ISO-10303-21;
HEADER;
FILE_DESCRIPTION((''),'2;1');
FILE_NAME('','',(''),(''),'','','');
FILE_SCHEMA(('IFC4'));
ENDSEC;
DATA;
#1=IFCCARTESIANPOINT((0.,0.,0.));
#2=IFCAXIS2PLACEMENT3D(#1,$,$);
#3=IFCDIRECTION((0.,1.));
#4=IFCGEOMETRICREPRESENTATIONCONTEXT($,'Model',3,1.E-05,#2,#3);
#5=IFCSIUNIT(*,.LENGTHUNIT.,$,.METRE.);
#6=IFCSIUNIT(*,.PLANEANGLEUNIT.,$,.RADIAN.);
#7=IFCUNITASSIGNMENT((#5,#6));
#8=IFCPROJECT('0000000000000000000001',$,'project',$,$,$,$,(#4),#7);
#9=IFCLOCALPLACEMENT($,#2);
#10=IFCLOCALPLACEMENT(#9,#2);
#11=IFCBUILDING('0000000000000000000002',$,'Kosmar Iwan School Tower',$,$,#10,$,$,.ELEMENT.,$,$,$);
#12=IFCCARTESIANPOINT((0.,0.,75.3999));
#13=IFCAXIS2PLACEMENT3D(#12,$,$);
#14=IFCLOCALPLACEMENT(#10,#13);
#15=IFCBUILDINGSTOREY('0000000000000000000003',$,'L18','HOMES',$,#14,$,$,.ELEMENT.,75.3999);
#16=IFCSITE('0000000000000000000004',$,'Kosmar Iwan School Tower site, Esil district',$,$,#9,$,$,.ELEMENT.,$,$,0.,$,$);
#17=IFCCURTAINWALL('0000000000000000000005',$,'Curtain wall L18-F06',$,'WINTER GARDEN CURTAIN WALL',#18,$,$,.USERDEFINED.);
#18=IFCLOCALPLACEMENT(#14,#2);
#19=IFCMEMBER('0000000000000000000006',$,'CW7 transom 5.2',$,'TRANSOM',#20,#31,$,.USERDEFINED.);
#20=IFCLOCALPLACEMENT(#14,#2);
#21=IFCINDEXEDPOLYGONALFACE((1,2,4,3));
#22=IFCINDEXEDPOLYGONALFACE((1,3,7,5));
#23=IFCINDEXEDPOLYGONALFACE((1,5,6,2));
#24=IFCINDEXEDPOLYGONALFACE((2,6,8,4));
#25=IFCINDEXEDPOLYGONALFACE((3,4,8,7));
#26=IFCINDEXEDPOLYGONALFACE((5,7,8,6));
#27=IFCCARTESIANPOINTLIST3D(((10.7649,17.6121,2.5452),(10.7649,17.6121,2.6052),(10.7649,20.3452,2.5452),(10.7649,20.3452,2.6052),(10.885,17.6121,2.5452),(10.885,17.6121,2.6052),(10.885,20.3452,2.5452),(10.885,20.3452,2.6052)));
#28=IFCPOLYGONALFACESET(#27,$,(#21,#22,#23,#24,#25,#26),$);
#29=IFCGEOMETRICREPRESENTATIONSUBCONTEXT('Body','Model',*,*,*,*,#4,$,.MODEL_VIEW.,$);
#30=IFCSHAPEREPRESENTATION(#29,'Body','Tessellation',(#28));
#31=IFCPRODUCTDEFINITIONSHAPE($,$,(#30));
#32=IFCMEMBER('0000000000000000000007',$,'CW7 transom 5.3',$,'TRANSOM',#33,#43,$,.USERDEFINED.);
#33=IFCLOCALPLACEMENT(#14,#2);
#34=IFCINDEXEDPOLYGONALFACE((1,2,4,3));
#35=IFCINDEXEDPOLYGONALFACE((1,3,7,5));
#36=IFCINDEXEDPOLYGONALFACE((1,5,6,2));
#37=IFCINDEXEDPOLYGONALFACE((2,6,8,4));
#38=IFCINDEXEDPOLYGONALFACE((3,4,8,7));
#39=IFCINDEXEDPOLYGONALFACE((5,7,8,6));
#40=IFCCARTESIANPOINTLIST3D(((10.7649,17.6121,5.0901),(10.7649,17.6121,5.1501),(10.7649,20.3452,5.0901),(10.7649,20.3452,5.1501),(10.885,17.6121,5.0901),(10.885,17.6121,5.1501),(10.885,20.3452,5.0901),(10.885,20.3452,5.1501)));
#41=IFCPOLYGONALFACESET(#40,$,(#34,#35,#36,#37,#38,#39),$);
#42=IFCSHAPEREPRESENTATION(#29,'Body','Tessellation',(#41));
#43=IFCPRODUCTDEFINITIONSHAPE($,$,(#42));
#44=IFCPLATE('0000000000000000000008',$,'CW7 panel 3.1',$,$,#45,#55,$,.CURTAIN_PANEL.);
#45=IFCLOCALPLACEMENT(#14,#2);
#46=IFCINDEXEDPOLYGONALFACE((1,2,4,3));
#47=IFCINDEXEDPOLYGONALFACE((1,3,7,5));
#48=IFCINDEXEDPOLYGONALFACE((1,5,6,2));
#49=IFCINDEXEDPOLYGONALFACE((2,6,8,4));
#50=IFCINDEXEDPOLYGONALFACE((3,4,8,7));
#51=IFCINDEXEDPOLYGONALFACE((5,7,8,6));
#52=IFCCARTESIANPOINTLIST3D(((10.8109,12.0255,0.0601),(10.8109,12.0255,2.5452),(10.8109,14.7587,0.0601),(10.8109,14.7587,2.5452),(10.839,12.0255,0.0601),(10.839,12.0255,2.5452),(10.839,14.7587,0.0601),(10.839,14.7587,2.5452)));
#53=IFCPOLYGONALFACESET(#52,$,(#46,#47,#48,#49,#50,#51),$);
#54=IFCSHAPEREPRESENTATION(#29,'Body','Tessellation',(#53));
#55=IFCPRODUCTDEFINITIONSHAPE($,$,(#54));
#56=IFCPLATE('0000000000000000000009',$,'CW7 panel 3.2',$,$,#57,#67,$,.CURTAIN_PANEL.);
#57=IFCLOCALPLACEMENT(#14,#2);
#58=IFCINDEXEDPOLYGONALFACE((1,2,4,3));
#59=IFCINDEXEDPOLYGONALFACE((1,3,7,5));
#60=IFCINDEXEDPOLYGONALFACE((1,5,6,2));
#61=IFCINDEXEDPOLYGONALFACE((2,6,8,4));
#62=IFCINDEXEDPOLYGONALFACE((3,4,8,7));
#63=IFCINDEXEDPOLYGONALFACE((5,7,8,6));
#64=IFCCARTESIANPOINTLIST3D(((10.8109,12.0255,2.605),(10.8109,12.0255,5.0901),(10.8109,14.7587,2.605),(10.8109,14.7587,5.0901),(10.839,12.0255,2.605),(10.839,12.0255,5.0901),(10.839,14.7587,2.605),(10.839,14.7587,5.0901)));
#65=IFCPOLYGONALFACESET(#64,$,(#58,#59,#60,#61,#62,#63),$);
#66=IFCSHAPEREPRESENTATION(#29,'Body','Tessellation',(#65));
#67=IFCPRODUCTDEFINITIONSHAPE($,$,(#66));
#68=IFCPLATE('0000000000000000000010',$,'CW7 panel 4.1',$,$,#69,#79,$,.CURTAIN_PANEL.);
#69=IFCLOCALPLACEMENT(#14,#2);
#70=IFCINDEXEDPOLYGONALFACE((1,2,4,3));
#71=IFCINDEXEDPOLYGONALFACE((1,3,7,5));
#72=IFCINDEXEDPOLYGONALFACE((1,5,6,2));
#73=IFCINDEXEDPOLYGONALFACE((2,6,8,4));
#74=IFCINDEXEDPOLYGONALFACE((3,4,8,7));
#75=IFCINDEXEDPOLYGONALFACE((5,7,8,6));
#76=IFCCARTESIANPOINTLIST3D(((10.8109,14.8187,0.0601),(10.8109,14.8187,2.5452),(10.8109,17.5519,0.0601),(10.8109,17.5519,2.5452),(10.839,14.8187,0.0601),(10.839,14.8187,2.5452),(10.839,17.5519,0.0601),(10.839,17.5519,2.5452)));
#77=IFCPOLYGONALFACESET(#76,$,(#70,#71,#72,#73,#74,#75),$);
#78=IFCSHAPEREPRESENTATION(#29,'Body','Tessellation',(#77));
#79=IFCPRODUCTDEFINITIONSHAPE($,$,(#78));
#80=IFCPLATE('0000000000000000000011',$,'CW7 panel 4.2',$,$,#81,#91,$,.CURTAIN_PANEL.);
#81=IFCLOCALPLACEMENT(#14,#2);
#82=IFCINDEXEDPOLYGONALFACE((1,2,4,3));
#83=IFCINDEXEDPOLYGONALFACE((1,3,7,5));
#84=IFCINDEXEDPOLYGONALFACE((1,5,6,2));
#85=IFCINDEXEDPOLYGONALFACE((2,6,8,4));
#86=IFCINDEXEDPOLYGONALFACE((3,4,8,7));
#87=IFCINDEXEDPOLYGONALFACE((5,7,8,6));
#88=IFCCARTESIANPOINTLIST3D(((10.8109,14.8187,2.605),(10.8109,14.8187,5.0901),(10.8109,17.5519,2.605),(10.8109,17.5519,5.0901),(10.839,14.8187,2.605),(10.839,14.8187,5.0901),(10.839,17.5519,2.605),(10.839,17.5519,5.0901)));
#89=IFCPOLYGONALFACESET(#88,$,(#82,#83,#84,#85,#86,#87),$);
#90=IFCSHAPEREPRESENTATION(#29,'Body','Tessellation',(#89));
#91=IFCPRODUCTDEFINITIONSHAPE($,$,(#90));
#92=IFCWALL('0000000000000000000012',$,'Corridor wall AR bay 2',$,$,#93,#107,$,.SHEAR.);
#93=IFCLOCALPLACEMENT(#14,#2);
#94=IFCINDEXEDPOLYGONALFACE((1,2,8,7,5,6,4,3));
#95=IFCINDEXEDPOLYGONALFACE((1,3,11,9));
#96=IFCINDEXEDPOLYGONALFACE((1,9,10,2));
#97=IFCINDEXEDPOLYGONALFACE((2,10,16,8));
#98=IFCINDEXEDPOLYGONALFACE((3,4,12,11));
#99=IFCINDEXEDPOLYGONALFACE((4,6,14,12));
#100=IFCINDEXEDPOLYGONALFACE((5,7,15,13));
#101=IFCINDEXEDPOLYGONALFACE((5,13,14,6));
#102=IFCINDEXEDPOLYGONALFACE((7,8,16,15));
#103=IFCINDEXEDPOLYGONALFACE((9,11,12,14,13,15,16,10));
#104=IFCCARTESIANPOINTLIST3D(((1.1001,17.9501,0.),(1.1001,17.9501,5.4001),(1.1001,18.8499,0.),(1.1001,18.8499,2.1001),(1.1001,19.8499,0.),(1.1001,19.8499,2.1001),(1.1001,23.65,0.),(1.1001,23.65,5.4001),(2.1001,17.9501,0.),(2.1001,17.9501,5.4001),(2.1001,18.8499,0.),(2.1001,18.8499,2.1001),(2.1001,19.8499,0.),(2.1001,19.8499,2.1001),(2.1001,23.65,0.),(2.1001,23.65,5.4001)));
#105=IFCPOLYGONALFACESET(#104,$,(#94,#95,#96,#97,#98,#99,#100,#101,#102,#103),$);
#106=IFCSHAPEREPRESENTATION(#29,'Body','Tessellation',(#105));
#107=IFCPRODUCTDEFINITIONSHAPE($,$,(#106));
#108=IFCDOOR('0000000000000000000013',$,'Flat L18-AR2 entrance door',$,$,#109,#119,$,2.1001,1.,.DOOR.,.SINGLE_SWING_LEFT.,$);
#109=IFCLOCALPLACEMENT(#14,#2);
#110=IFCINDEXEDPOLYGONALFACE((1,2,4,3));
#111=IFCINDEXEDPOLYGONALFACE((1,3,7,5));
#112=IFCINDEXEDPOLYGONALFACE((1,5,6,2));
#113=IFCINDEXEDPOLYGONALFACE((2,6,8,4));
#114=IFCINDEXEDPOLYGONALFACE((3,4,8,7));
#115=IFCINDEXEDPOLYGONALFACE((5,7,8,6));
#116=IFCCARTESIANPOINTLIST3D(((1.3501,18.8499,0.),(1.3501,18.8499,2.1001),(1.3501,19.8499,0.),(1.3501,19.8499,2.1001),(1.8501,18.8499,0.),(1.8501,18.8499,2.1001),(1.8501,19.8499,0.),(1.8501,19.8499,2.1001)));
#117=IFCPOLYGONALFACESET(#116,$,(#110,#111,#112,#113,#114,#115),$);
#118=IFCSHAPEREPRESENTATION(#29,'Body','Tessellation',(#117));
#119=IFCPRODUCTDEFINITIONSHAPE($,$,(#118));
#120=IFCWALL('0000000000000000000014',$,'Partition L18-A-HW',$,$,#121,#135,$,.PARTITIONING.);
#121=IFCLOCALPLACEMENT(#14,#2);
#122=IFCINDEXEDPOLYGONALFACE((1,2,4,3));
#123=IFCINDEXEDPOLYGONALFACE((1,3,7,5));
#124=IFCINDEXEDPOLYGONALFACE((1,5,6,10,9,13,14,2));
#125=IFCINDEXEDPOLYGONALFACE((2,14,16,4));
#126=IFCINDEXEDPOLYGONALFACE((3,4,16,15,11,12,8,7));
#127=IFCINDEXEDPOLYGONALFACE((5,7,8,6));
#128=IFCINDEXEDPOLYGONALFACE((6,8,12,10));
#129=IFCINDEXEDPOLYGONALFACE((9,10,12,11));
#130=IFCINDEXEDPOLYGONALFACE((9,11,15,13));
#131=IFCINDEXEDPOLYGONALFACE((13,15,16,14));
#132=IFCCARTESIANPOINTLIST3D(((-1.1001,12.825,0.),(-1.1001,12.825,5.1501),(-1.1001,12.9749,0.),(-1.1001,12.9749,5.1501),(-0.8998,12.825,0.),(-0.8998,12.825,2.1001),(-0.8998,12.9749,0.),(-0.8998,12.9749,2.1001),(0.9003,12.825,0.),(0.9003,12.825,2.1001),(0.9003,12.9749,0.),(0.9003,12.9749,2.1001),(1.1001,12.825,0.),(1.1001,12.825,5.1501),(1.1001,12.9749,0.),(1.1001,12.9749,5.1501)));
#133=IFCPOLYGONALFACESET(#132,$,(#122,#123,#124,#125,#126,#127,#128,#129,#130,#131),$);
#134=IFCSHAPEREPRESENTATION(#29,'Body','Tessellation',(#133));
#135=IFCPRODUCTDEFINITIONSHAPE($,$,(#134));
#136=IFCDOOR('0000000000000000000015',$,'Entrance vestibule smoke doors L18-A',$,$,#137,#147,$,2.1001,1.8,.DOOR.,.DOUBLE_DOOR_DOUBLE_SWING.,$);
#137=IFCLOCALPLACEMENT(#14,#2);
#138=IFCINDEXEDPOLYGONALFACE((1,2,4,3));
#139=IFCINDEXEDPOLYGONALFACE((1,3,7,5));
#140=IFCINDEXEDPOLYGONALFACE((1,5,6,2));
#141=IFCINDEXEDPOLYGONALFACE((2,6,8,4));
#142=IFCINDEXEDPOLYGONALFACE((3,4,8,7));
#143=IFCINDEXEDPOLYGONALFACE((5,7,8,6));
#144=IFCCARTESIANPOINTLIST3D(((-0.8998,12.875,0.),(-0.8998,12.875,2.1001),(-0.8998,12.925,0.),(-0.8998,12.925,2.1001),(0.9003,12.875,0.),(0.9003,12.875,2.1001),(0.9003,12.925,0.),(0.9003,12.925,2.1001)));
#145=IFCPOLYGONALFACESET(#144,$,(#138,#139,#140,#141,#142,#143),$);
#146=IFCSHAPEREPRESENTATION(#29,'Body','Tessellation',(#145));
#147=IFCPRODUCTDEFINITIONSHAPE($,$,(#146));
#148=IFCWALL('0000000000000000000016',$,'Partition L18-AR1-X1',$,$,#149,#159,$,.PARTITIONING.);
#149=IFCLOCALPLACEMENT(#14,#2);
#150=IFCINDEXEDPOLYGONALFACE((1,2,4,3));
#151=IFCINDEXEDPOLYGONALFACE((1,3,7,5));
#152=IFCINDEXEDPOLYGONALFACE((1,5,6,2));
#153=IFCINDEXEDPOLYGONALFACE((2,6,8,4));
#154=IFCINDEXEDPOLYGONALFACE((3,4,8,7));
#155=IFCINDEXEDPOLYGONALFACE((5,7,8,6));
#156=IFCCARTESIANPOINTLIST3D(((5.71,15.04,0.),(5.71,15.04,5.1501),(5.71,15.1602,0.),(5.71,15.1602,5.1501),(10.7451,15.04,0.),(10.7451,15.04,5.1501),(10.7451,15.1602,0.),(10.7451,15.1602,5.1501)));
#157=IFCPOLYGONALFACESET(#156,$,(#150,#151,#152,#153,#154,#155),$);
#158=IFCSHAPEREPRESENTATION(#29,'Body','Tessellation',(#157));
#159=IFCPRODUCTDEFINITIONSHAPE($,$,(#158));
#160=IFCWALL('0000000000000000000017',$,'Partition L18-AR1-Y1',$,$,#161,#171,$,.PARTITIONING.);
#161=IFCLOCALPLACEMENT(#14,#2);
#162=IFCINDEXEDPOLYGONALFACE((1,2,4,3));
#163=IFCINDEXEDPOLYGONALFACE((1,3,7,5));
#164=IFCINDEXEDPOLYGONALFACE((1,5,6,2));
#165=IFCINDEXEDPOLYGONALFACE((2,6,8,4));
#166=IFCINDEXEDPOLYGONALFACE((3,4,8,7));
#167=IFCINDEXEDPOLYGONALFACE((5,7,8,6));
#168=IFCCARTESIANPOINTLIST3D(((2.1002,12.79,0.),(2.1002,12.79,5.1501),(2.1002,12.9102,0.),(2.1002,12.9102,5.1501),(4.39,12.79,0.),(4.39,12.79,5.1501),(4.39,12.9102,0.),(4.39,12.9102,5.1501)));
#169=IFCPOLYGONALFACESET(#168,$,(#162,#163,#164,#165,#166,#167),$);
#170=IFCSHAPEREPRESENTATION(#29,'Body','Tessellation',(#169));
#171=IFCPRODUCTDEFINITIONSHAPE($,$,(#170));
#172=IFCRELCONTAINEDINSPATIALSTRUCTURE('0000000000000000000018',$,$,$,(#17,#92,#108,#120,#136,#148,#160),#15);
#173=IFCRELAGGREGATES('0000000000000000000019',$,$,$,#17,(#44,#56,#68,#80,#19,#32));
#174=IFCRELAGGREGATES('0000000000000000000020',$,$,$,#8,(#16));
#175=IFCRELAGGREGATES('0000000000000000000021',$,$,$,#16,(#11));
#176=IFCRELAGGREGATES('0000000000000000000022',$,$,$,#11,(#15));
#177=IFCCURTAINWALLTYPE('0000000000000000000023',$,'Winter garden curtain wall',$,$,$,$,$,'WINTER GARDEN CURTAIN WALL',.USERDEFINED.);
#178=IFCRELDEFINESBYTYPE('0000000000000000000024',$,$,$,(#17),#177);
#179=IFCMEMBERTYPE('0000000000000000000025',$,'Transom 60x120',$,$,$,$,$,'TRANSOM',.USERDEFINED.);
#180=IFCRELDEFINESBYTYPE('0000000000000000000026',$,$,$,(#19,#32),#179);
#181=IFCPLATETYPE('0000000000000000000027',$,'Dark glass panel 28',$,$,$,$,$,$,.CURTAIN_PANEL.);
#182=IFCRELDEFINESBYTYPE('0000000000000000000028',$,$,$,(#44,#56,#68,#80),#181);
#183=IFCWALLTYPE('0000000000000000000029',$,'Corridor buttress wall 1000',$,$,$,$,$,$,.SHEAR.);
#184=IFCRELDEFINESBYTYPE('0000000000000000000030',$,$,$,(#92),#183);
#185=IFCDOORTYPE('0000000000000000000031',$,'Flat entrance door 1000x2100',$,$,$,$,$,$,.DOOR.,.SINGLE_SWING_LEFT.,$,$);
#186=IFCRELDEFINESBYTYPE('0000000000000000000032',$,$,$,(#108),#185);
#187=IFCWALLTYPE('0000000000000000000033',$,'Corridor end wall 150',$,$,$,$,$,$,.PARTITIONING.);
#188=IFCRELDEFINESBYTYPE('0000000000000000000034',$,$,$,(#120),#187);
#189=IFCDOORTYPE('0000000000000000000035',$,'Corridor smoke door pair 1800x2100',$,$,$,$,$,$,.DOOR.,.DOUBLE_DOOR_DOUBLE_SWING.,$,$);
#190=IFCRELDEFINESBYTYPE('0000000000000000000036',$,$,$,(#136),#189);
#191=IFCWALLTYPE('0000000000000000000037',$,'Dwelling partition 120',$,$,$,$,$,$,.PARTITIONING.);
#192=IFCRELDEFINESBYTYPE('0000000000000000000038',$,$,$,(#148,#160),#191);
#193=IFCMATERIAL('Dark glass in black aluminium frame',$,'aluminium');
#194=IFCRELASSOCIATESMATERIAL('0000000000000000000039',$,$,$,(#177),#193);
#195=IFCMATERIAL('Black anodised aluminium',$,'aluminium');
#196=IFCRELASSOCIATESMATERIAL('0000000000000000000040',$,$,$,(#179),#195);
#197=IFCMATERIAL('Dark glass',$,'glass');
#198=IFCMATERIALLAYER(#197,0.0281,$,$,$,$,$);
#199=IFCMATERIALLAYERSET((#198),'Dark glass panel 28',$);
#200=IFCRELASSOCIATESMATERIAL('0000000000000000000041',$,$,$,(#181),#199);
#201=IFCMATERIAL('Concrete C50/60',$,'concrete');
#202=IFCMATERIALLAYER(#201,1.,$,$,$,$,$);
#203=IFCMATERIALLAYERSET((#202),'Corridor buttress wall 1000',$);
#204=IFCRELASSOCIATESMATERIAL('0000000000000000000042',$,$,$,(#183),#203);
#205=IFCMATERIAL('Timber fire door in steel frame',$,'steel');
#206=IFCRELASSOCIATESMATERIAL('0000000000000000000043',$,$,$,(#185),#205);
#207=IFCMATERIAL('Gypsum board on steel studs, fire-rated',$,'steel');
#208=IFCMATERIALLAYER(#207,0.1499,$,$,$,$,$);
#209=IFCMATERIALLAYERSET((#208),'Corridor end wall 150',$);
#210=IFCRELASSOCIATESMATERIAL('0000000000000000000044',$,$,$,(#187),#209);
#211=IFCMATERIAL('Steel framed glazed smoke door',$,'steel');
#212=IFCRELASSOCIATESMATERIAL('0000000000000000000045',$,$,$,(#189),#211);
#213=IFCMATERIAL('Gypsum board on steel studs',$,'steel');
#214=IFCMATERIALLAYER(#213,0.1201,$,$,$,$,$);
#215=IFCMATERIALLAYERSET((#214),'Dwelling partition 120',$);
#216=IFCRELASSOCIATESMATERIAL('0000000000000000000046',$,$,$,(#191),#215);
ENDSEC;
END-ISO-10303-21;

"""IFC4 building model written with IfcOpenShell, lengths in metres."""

from ifc_helpers import new_model, si_unit, direction, frame, frame_2d, origin, origin_2d, place, context, subcontext, project, spatial, rectangle, extrude, material, layer, layer_set, material_profile, profile_set, type_object, element, fill, aggregate, save


model = new_model("IFC4")

# Units and contexts
model_context = context("Model", 3, precision=1e-05, world=origin(), true_north=direction((0.0, 1.0)))
body_context = subcontext(model_context, "Body", "Model", "MODEL_VIEW")
ifc_project = project(units=[si_unit("LENGTHUNIT", "METRE"), si_unit("PLANEANGLEUNIT", "RADIAN")], contexts=[model_context])

# Site, building, storey
site_placement = place(None, origin())
site = spatial("IfcSite", under=ifc_project, at=site_placement, Name="Kosmar Iwan School Tower site, Esil district", CompositionType="ELEMENT", RefElevation=0.0)
building_placement = place(site_placement, origin())
building = spatial("IfcBuilding", under=site, at=building_placement, Name="Kosmar Iwan School Tower", CompositionType="ELEMENT")
storey_placement = place(building_placement, frame((0.0, 0.0, 75.3999)))
storey = spatial("IfcBuildingStorey", under=building, at=storey_placement, Name="L18", Description="HOMES", CompositionType="ELEMENT", Elevation=75.3999)

# Curtain wall
ifc_material_1 = material(Name="Dark glass in black aluminium frame", Category="aluminium")
curtain_wall_type = type_object("IfcCurtainWallType", Name="Winter garden curtain wall", ElementType="WINTER GARDEN CURTAIN WALL", PredefinedType="USERDEFINED", material=ifc_material_1)
curtain_wall_placement = place(storey_placement, origin())
curtain_wall = element("IfcCurtainWall", 1, at=curtain_wall_placement, inside=storey, type_object=curtain_wall_type, Name="Curtain wall L18-F06", ObjectType="WINTER GARDEN CURTAIN WALL", PredefinedType="USERDEFINED")

# Members
ifc_material_2 = material(Name="Black anodised aluminium", Category="aluminium")
ifc_material_profile_1 = material_profile(ifc_material_2, rectangle(XDim=0.1201, YDim=0.0601, at=origin_2d()), Name="TRANSOM 60x120")
ifc_profile_set_1 = profile_set([ifc_material_profile_1], Name="Black anodised aluminium")
member_type_1 = type_object("IfcMemberType", Name="Transom 60x120", ElementType="TRANSOM", PredefinedType="USERDEFINED", material=ifc_profile_set_1)
member_1_placement = place(storey_placement, frame((10.825, 17.6121, 2.5752), z_axis=(0.0, 1.0, 0.0), x_axis=(-1.0, 0.0, 0.0)))
member_1 = element("IfcMember", 2, at=member_1_placement, type_object=member_type_1, Name="CW7 transom 5.2", ObjectType="TRANSOM", PredefinedType="USERDEFINED", context=body_context, shape_type="SweptSolid", body=[
    extrude(rectangle(XDim=0.1201, YDim=0.0601, at=origin_2d()), origin(), (0.0, 0.0, 1.0), 2.7332),
])
member_2_placement = place(storey_placement, frame((10.825, 17.6121, 5.1201), z_axis=(0.0, 1.0, 0.0), x_axis=(-1.0, 0.0, 0.0)))
member_2 = element("IfcMember", 3, at=member_2_placement, type_object=member_type_1, Name="CW7 transom 5.3", ObjectType="TRANSOM", PredefinedType="USERDEFINED", context=body_context, shape_type="SweptSolid", body=[
    extrude(rectangle(XDim=0.1201, YDim=0.0601, at=origin_2d()), origin(), (0.0, 0.0, 1.0), 2.7332),
])

# Plates
ifc_material_3 = material(Name="Dark glass", Category="glass")
ifc_layer_1 = layer(ifc_material_3, 0.0281)
ifc_layer_set_1 = layer_set([ifc_layer_1], Name="Dark glass panel 28")
plate_type = type_object("IfcPlateType", Name="Dark glass panel 28", PredefinedType="CURTAIN_PANEL", material=ifc_layer_set_1)
plate_1_placement = place(storey_placement, frame((10.825, 13.3921, 0.0601), z_axis=(0.0, 0.0, 1.0), x_axis=(0.0, 1.0, 0.0)))
plate_1 = element("IfcPlate", 4, at=plate_1_placement, type_object=plate_type, Name="CW7 panel 3.1", PredefinedType="CURTAIN_PANEL", context=body_context, shape_type="SweptSolid", body=[
    extrude(rectangle(XDim=2.7332, YDim=0.0281, at=origin_2d()), origin(), (0.0, 0.0, 1.0), 2.4851),
])
plate_2_placement = place(storey_placement, frame((10.825, 13.3921, 2.605), z_axis=(0.0, 0.0, 1.0), x_axis=(0.0, 1.0, 0.0)))
plate_2 = element("IfcPlate", 5, at=plate_2_placement, type_object=plate_type, Name="CW7 panel 3.2", PredefinedType="CURTAIN_PANEL", context=body_context, shape_type="SweptSolid", body=[
    extrude(rectangle(XDim=2.7332, YDim=0.0281, at=origin_2d()), origin(), (0.0, 0.0, 1.0), 2.4851),
])
plate_3_placement = place(storey_placement, frame((10.825, 16.1853, 0.0601), z_axis=(0.0, 0.0, 1.0), x_axis=(0.0, 1.0, 0.0)))
plate_3 = element("IfcPlate", 6, at=plate_3_placement, type_object=plate_type, Name="CW7 panel 4.1", PredefinedType="CURTAIN_PANEL", context=body_context, shape_type="SweptSolid", body=[
    extrude(rectangle(XDim=2.7332, YDim=0.0281, at=origin_2d()), origin(), (0.0, 0.0, 1.0), 2.4851),
])
plate_4_placement = place(storey_placement, frame((10.825, 16.1853, 2.605), z_axis=(0.0, 0.0, 1.0), x_axis=(0.0, 1.0, 0.0)))
plate_4 = element("IfcPlate", 7, at=plate_4_placement, type_object=plate_type, Name="CW7 panel 4.2", PredefinedType="CURTAIN_PANEL", context=body_context, shape_type="SweptSolid", body=[
    extrude(rectangle(XDim=2.7332, YDim=0.0281, at=origin_2d()), origin(), (0.0, 0.0, 1.0), 2.4851),
])
aggregate(curtain_wall, [plate_1, plate_2, plate_3, plate_4, member_1, member_2])

# Walls, openings, doors
ifc_material_4 = material(Name="Concrete C50/60", Category="concrete")
ifc_layer_2 = layer(ifc_material_4, 1.0)
ifc_layer_set_2 = layer_set([ifc_layer_2], Name="Corridor buttress wall 1000")
wall_type_1 = type_object("IfcWallType", Name="Corridor buttress wall 1000", PredefinedType="SHEAR", material=ifc_layer_set_2)
wall_1_placement = place(storey_placement, frame((1.6001, 17.95, 0.0), z_axis=(0.0, 0.0, 1.0), x_axis=(0.0, 1.0, 0.0)))
wall_1 = element("IfcWall", 8, at=wall_1_placement, inside=storey, type_object=wall_type_1, Name="Corridor wall AR bay 2", PredefinedType="SHEAR", context=body_context, shape_type="SweptSolid", body=[
    extrude(rectangle(XDim=5.7, YDim=1.0, at=frame_2d((2.8501, 0.0))), origin(), (0.0, 0.0, 1.0), 5.4001),
])
opening_1_placement = place(wall_1_placement, frame((0.8999, 0.0, 0.0)))
opening_1 = element("IfcOpeningElement", 9, at=opening_1_placement, cuts=wall_1, PredefinedType="OPENING", context=body_context, shape_type="SweptSolid", body=[
    extrude(rectangle(XDim=1.0, YDim=2.1001, at=frame_2d((0.5, 1.05))), frame((0.0, 0.512, 0.0), z_axis=(0.0, -1.0, 0.0), x_axis=(1.0, 0.0, 0.0)), (0.0, 0.0, 1.0), 1.0239),
])
ifc_material_5 = material(Name="Timber fire door in steel frame", Category="steel")
door_type_1 = type_object("IfcDoorType", Name="Flat entrance door 1000x2100", OperationType="SINGLE_SWING_LEFT", PredefinedType="DOOR", material=ifc_material_5)
door_1_placement = place(opening_1_placement, origin())
door_1 = element("IfcDoor", 10, at=door_1_placement, inside=storey, type_object=door_type_1, Name="Flat L18-AR2 entrance door", OperationType="SINGLE_SWING_LEFT", OverallHeight=2.1001, OverallWidth=1.0, PredefinedType="DOOR", context=body_context, shape_type="SweptSolid", body=[
    extrude(rectangle(XDim=1.0, YDim=2.1001, at=frame_2d((0.5, 1.05))), frame((0.0, 0.25, 0.0), z_axis=(0.0, -1.0, 0.0), x_axis=(1.0, 0.0, 0.0)), (0.0, 0.0, 1.0), 0.5),
])
fill(opening_1, door_1)
ifc_material_6 = material(Name="Gypsum board on steel studs, fire-rated", Category="steel")
ifc_layer_3 = layer(ifc_material_6, 0.1499)
ifc_layer_set_3 = layer_set([ifc_layer_3], Name="Corridor end wall 150")
wall_type_2 = type_object("IfcWallType", Name="Corridor end wall 150", PredefinedType="PARTITIONING", material=ifc_layer_set_3)
wall_2_placement = place(storey_placement, frame((1.1001, 12.8999, 0.0), z_axis=(0.0, 0.0, 1.0), x_axis=(-1.0, 0.0, 0.0)))
wall_2 = element("IfcWall", 11, at=wall_2_placement, inside=storey, type_object=wall_type_2, Name="Partition L18-A-HW", PredefinedType="PARTITIONING", context=body_context, shape_type="SweptSolid", body=[
    extrude(rectangle(XDim=2.2002, YDim=0.1499, at=frame_2d((1.1001, 0.0))), origin(), (0.0, 0.0, 1.0), 5.1501),
])
opening_2_placement = place(wall_2_placement, frame((0.2, 0.0, 0.0)))
opening_2 = element("IfcOpeningElement", 12, at=opening_2_placement, cuts=wall_2, PredefinedType="OPENING", context=body_context, shape_type="SweptSolid", body=[
    extrude(rectangle(XDim=1.8, YDim=2.1001, at=frame_2d((0.8999, 1.05))), frame((0.0, 0.0869, 0.0), z_axis=(0.0, -1.0, 0.0), x_axis=(1.0, 0.0, 0.0)), (0.0, 0.0, 1.0), 0.1738),
])
ifc_material_7 = material(Name="Steel framed glazed smoke door", Category="steel")
door_type_2 = type_object("IfcDoorType", Name="Corridor smoke door pair 1800x2100", OperationType="DOUBLE_DOOR_DOUBLE_SWING", PredefinedType="DOOR", material=ifc_material_7)
door_2_placement = place(opening_2_placement, origin())
door_2 = element("IfcDoor", 13, at=door_2_placement, inside=storey, type_object=door_type_2, Name="Entrance vestibule smoke doors L18-A", OperationType="DOUBLE_DOOR_DOUBLE_SWING", OverallHeight=2.1001, OverallWidth=1.8, PredefinedType="DOOR", context=body_context, shape_type="SweptSolid", body=[
    extrude(rectangle(XDim=1.8, YDim=2.1001, at=frame_2d((0.8999, 1.05))), frame((0.0, 0.0249, 0.0), z_axis=(0.0, -1.0, 0.0), x_axis=(1.0, 0.0, 0.0)), (0.0, 0.0, 1.0), 0.05),
])
fill(opening_2, door_2)

# Walls
ifc_material_8 = material(Name="Gypsum board on steel studs", Category="steel")
ifc_layer_4 = layer(ifc_material_8, 0.1201)
ifc_layer_set_4 = layer_set([ifc_layer_4], Name="Dwelling partition 120")
wall_type_3 = type_object("IfcWallType", Name="Dwelling partition 120", PredefinedType="PARTITIONING", material=ifc_layer_set_4)
wall_3_placement = place(storey_placement, frame((5.71, 15.1001, 0.0), z_axis=(0.0, 0.0, 1.0), x_axis=(1.0, 0.0, 0.0)))
element("IfcWall", 14, at=wall_3_placement, inside=storey, type_object=wall_type_3, Name="Partition L18-AR1-X1", PredefinedType="PARTITIONING", context=body_context, shape_type="SweptSolid", body=[
    extrude(rectangle(XDim=5.0352, YDim=0.1201, at=frame_2d((2.5176, 0.0))), origin(), (0.0, 0.0, 1.0), 5.1501),
])
for number, where, z_axis, x_axis, name in (
    (15, (2.1001, 12.8501, 0.0), (0.0, 0.0, 1.0), (1.0, 0.0, 0.0), "Partition L18-AR1-Y1"),
):
    element("IfcWall", number, at=place(storey_placement, frame(where, z_axis=z_axis, x_axis=x_axis)), inside=storey, type_object=wall_type_3, Name=name, PredefinedType="PARTITIONING", context=body_context, shape_type="SweptSolid", body=[
        extrude(rectangle(XDim=2.2898, YDim=0.1201, at=frame_2d((1.145, 0.0))), origin(), (0.0, 0.0, 1.0), 5.1501),
    ])

save(model, "model.ifc")
